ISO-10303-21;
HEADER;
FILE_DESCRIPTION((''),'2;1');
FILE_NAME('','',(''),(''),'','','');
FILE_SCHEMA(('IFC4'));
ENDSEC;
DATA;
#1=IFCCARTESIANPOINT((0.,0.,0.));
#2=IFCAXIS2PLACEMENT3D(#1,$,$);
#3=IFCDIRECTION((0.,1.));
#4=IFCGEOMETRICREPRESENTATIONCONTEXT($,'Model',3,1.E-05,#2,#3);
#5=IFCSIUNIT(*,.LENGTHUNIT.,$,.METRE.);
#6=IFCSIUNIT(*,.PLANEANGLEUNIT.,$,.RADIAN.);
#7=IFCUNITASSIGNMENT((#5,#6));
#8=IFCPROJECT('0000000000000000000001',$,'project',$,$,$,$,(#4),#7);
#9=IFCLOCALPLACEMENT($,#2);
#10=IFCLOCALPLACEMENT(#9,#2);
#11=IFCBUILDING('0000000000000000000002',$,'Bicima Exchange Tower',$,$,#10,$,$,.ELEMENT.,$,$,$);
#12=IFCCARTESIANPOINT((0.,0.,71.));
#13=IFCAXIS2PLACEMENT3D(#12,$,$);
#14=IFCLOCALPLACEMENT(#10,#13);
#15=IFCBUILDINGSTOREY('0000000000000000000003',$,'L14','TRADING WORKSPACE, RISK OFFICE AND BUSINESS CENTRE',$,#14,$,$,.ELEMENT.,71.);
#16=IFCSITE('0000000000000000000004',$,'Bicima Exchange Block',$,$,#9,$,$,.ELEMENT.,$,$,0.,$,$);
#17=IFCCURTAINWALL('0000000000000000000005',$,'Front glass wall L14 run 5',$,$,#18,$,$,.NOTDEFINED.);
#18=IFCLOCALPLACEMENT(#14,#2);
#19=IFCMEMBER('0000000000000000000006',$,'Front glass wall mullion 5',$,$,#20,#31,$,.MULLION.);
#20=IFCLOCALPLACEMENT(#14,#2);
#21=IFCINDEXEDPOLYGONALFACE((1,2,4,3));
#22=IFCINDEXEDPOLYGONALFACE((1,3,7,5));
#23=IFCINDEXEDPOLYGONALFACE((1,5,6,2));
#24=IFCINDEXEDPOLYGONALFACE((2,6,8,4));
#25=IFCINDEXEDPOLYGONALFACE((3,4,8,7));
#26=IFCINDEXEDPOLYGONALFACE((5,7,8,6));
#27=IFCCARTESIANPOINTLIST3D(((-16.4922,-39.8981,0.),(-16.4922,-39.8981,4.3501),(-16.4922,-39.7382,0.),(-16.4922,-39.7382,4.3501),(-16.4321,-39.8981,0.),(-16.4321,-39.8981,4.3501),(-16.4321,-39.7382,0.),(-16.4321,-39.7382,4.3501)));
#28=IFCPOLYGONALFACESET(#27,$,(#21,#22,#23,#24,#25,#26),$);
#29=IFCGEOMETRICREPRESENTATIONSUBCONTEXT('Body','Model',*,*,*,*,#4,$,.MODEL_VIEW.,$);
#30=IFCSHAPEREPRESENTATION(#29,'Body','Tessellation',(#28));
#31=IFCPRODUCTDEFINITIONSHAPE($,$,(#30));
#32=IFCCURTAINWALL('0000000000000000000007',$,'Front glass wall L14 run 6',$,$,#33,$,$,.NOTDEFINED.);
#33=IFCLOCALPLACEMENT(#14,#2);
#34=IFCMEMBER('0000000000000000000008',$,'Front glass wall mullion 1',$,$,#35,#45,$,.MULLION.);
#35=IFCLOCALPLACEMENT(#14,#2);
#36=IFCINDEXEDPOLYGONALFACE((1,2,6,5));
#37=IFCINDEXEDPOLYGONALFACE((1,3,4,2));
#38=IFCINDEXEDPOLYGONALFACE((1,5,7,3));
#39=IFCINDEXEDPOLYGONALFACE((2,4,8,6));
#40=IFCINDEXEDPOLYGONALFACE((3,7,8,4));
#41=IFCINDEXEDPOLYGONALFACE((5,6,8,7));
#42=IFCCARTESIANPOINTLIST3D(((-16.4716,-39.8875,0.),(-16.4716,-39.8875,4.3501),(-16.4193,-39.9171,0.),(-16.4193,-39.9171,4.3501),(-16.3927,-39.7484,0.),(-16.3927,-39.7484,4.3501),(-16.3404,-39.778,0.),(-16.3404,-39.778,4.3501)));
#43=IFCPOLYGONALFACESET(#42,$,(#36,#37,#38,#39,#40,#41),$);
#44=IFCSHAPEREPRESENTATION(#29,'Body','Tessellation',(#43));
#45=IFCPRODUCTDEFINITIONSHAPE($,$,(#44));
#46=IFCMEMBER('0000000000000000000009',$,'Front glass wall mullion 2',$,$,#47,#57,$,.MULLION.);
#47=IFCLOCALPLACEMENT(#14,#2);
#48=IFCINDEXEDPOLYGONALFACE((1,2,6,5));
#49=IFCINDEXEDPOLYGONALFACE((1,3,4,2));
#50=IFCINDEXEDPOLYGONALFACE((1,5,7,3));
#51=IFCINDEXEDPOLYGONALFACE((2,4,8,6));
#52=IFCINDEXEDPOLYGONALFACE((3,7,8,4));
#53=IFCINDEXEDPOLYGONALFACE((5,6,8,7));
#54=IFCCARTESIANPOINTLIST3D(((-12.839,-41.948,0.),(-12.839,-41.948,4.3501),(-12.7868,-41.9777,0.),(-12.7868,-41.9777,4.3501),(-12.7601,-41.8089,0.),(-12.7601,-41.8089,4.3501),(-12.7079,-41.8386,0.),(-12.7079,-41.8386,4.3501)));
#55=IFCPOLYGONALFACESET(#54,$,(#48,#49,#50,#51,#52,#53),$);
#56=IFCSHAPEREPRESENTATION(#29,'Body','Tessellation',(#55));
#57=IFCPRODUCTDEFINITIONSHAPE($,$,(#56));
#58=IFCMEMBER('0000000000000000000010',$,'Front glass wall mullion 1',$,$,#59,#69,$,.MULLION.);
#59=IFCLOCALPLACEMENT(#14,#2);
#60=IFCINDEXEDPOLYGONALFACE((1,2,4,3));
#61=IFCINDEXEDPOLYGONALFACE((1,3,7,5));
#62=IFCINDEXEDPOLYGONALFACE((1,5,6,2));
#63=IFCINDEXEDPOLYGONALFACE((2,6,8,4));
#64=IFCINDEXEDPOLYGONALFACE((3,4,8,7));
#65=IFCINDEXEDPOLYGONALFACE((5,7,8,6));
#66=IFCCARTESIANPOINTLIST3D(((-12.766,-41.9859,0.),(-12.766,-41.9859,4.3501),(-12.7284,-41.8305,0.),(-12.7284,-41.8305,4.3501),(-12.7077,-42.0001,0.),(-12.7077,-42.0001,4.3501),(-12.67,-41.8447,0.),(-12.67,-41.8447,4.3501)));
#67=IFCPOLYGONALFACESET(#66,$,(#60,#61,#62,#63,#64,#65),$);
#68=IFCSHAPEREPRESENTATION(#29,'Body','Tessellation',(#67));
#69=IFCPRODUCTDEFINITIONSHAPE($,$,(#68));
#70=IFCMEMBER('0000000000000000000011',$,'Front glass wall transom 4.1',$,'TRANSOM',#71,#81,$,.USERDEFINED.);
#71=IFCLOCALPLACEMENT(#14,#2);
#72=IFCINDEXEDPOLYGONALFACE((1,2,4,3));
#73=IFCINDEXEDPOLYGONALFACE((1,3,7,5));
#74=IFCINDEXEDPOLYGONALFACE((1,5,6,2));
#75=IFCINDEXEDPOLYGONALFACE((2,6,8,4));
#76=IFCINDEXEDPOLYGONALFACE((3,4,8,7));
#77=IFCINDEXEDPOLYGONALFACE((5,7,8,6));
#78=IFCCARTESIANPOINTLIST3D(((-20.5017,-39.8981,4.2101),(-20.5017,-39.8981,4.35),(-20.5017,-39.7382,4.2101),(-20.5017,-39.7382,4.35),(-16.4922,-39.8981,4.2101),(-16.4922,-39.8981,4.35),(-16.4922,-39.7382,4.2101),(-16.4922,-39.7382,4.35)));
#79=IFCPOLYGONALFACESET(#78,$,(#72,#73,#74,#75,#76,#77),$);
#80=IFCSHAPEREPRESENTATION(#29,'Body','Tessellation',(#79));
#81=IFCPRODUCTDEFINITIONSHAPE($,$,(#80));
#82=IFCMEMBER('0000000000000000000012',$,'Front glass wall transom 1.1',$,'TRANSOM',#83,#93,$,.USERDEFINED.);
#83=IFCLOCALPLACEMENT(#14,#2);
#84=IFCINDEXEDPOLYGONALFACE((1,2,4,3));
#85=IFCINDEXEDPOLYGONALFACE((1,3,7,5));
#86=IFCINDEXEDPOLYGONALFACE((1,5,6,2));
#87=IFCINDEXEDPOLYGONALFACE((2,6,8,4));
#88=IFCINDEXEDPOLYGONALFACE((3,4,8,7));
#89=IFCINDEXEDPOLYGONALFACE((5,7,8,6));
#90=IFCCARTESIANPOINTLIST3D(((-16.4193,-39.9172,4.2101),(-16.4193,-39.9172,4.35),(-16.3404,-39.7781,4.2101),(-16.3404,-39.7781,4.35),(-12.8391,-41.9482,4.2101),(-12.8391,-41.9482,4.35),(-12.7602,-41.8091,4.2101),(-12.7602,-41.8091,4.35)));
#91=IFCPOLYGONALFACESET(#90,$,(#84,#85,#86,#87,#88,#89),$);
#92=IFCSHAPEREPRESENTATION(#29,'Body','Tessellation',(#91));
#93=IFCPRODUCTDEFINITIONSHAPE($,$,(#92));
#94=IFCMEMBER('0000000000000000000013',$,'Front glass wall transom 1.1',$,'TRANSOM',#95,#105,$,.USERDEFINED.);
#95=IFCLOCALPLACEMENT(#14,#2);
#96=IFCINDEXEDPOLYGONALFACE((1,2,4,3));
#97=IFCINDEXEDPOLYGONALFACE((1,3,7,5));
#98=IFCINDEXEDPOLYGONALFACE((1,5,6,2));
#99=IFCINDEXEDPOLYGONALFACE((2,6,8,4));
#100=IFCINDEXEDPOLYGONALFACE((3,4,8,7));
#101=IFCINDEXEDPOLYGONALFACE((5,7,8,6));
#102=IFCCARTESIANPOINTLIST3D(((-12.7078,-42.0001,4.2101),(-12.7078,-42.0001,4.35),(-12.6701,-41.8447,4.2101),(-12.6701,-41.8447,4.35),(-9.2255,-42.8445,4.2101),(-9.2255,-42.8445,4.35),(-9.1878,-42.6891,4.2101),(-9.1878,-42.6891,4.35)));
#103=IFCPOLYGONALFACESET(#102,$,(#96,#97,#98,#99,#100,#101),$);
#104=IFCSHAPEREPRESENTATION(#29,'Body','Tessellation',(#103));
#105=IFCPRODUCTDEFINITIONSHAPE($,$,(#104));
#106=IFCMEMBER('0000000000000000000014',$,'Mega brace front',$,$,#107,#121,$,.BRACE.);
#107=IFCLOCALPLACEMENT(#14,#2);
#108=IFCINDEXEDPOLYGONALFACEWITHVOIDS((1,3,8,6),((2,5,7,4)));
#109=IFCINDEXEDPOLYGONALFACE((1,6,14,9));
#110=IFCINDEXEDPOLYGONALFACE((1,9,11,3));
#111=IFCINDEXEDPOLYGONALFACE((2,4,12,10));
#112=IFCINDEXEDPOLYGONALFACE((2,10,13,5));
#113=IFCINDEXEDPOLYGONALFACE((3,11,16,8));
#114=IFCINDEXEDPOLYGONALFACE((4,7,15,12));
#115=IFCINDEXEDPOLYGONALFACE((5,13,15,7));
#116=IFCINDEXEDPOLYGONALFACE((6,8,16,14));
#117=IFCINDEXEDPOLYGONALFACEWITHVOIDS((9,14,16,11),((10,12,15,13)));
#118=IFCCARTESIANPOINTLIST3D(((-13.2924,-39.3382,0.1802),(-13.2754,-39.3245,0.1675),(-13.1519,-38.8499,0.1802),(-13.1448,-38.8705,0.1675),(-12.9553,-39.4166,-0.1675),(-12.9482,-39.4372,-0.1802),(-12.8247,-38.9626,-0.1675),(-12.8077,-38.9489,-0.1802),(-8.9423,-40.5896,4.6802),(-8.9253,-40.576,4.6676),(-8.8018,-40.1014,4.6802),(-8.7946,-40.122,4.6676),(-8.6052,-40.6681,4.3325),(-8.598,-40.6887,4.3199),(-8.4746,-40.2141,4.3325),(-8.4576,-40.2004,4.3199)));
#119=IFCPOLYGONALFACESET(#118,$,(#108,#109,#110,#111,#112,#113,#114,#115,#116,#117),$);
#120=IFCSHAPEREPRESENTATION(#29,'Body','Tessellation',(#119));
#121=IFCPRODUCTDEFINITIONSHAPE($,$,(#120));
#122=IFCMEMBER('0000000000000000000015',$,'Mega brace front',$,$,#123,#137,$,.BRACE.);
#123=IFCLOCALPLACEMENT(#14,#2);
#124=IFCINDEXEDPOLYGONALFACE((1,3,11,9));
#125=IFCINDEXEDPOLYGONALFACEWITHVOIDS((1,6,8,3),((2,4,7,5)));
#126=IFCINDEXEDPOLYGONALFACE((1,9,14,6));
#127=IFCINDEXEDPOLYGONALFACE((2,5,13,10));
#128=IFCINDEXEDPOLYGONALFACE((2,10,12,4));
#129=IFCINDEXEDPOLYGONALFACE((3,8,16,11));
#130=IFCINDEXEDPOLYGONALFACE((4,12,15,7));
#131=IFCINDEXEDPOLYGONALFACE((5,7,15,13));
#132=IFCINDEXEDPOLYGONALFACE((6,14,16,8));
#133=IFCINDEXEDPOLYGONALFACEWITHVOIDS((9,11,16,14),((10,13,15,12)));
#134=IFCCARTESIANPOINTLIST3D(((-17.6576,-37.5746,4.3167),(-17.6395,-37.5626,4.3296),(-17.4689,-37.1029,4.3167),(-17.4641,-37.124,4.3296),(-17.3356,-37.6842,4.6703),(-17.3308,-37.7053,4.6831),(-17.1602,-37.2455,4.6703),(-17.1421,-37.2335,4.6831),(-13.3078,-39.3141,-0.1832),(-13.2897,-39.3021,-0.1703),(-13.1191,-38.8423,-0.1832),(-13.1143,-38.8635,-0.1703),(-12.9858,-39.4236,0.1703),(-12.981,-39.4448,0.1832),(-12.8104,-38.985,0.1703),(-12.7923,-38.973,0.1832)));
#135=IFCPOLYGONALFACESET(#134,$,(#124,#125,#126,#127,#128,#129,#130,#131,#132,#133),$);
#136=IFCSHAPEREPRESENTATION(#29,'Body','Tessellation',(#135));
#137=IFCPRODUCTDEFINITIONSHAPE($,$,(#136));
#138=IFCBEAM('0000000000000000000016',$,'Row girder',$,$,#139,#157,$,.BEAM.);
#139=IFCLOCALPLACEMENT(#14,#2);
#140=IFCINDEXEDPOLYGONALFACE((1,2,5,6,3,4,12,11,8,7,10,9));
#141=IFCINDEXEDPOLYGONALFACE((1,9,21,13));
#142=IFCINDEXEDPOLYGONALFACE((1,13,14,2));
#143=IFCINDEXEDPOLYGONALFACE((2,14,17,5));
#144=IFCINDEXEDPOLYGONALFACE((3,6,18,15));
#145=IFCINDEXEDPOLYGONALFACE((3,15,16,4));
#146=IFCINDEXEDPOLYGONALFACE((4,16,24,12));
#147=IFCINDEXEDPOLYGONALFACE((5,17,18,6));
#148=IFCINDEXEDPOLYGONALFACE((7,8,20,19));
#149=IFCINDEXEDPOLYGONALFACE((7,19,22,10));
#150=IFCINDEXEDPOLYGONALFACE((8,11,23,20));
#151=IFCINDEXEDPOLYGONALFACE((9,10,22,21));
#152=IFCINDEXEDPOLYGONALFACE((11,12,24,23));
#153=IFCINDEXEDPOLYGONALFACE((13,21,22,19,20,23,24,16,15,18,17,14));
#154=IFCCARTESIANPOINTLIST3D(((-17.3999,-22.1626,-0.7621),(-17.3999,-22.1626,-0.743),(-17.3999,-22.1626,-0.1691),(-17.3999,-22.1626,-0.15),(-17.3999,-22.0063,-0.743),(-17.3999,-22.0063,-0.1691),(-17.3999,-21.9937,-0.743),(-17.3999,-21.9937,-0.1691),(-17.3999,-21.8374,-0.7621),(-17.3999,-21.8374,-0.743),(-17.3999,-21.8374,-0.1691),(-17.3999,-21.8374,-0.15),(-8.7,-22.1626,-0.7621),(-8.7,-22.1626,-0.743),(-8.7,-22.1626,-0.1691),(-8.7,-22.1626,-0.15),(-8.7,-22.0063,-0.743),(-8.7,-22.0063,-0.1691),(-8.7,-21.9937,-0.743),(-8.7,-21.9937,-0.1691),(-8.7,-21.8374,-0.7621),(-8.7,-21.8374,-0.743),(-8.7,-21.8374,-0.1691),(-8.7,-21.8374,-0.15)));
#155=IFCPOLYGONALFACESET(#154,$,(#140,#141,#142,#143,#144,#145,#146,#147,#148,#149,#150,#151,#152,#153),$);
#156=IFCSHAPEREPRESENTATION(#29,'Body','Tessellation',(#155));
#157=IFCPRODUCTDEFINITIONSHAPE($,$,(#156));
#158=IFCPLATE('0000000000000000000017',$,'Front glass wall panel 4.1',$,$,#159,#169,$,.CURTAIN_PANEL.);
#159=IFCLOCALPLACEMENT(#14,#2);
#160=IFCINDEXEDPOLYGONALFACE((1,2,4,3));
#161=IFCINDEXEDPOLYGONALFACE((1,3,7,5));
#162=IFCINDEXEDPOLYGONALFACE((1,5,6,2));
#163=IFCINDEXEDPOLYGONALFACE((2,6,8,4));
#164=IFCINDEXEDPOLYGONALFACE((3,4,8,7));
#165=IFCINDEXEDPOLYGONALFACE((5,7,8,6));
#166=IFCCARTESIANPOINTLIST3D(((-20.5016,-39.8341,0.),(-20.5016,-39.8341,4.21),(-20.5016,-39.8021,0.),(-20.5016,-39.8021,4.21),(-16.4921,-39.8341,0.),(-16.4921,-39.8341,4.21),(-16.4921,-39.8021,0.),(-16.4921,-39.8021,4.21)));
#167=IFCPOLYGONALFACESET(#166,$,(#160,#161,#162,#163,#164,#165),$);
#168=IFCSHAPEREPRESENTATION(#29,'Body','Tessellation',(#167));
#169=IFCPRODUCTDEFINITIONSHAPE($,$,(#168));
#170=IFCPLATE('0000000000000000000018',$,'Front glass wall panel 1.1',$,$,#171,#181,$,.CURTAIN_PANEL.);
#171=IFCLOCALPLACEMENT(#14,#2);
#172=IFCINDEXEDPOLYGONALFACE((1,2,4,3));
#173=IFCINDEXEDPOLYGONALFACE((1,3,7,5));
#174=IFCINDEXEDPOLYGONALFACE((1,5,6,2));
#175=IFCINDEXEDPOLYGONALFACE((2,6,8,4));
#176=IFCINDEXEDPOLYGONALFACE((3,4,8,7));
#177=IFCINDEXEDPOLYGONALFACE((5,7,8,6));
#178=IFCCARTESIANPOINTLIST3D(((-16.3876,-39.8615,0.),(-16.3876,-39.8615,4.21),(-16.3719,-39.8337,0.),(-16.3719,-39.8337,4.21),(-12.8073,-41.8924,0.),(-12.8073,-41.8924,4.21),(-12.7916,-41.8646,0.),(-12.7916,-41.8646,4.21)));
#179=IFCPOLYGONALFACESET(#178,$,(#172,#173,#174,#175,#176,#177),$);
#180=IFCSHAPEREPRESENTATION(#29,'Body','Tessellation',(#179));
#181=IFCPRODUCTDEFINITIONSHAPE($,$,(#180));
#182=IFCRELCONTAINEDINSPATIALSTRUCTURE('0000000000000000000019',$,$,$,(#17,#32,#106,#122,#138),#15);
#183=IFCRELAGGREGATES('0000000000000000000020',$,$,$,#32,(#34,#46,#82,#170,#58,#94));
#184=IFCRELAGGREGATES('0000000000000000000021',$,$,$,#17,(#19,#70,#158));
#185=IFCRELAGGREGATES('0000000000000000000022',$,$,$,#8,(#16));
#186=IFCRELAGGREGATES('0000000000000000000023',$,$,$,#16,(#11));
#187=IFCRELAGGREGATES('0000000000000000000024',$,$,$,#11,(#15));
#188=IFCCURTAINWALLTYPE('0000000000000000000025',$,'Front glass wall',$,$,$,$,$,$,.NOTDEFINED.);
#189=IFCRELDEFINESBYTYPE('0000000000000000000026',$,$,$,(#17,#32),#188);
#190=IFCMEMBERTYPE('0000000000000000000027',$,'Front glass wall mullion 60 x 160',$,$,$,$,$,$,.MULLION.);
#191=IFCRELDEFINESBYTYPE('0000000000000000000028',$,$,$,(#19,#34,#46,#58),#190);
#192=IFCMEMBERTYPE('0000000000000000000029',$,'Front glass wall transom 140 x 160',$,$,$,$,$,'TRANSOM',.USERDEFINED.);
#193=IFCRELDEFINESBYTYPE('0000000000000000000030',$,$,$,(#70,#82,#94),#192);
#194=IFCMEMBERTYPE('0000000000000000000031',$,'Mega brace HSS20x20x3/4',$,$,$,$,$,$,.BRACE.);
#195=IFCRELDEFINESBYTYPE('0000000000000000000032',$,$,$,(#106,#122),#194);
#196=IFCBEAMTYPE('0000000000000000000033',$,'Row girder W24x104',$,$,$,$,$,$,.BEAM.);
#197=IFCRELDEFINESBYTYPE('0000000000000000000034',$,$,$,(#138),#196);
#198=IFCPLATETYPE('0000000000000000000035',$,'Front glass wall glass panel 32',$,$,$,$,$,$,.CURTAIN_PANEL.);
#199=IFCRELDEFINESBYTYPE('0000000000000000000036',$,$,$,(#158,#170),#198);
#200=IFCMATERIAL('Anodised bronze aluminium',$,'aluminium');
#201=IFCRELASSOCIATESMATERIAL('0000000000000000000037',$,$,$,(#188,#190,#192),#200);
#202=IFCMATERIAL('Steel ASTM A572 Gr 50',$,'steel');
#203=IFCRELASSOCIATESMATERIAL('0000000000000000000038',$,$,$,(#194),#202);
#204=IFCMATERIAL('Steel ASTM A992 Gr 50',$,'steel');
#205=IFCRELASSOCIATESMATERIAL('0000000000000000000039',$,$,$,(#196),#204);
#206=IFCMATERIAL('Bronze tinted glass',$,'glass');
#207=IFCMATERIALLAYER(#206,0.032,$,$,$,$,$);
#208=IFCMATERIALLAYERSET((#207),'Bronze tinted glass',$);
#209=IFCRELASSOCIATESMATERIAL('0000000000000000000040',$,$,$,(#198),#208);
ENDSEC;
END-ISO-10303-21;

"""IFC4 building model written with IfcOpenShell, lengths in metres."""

from ifc_helpers import new_model, si_unit, direction, frame, origin, origin_2d, place, context, subcontext, project, spatial, rectangle, hollow_rectangle, i_section, extrude, material, layer, layer_set, material_profile, profile_set, type_object, element, aggregate, save


model = new_model("IFC4")

# Units and contexts
model_context = context("Model", 3, precision=1e-05, world=origin(), true_north=direction((0.0, 1.0)))
body_context = subcontext(model_context, "Body", "Model", "MODEL_VIEW")
ifc_project = project(units=[si_unit("LENGTHUNIT", "METRE"), si_unit("PLANEANGLEUNIT", "RADIAN")], contexts=[model_context])

# Site, building, storey
site_placement = place(None, origin())
site = spatial("IfcSite", under=ifc_project, at=site_placement, Name="Bicima Exchange Block", CompositionType="ELEMENT", RefElevation=0.0)
building_placement = place(site_placement, origin())
building = spatial("IfcBuilding", under=site, at=building_placement, Name="Bicima Exchange Tower", CompositionType="ELEMENT")
storey_placement = place(building_placement, frame((0.0, 0.0, 71.0)))
storey = spatial("IfcBuildingStorey", under=building, at=storey_placement, Name="L14", Description="TRADING WORKSPACE, RISK OFFICE AND BUSINESS CENTRE", CompositionType="ELEMENT", Elevation=71.0)

# Shared definitions
ifc_material_1 = material(Name="Steel ASTM A992 Gr 50", Category="steel")

# Shared definitions
ifc_material_2 = material(Name="Steel ASTM A572 Gr 50", Category="steel")

# Curtain walls, members
ifc_material_3 = material(Name="Anodised bronze aluminium", Category="aluminium")
curtain_wall_type = type_object("IfcCurtainWallType", Name="Front glass wall", PredefinedType="NOTDEFINED", material=ifc_material_3)
curtain_wall_1_placement = place(storey_placement, origin())
curtain_wall_1 = element("IfcCurtainWall", 1, at=curtain_wall_1_placement, inside=storey, type_object=curtain_wall_type, Name="Front glass wall L14 run 5", PredefinedType="NOTDEFINED")
ifc_material_profile_1 = material_profile(ifc_material_3, rectangle(XDim=0.1599, YDim=0.0601, at=origin_2d()))
ifc_profile_set_1 = profile_set([ifc_material_profile_1], Name="Anodised bronze aluminium")
member_type_1 = type_object("IfcMemberType", Name="Front glass wall mullion 60 x 160", PredefinedType="MULLION", material=ifc_profile_set_1)
member_1_placement = place(storey_placement, frame((-16.4622, -39.8181, 0.0), z_axis=(0.0, 0.0, 1.0), x_axis=(0.0, 1.0, 0.0)))
member_1 = element("IfcMember", 2, at=member_1_placement, type_object=member_type_1, Name="Front glass wall mullion 5", PredefinedType="MULLION", context=body_context, shape_type="SweptSolid", body=[
    extrude(rectangle(XDim=0.1599, YDim=0.0601, at=origin_2d()), origin(), (0.0, 0.0, 1.0), 4.3501),
])
curtain_wall_2_placement = place(storey_placement, origin())
curtain_wall_2 = element("IfcCurtainWall", 3, at=curtain_wall_2_placement, inside=storey, type_object=curtain_wall_type, Name="Front glass wall L14 run 6", PredefinedType="NOTDEFINED")
member_2_placement = place(storey_placement, frame((-16.406, -39.8328, 0.0), z_axis=(0.0, 0.0, 1.0), x_axis=(0.493395, 0.869805, 0.0)))
member_2 = element("IfcMember", 4, at=member_2_placement, type_object=member_type_1, Name="Front glass wall mullion 1", PredefinedType="MULLION", context=body_context, shape_type="SweptSolid", body=[
    extrude(rectangle(XDim=0.1599, YDim=0.0601, at=origin_2d()), origin(), (0.0, 0.0, 1.0), 4.3501),
])
member_3_placement = place(storey_placement, frame((-12.7734, -41.8933, 0.0), z_axis=(0.0, 0.0, 1.0), x_axis=(0.493395, 0.869805, 0.0)))
member_3 = element("IfcMember", 5, at=member_3_placement, type_object=member_type_1, Name="Front glass wall mullion 2", PredefinedType="MULLION", context=body_context, shape_type="SweptSolid", body=[
    extrude(rectangle(XDim=0.1599, YDim=0.0601, at=origin_2d()), origin(), (0.0, 0.0, 1.0), 4.3501),
])
member_4_placement = place(storey_placement, frame((-12.718, -41.9153, 0.0), z_axis=(0.0, 0.0, 1.0), x_axis=(0.235682, 0.97183, 0.0)))
member_4 = element("IfcMember", 6, at=member_4_placement, type_object=member_type_1, Name="Front glass wall mullion 1", PredefinedType="MULLION", context=body_context, shape_type="SweptSolid", body=[
    extrude(rectangle(XDim=0.1599, YDim=0.0601, at=origin_2d()), origin(), (0.0, 0.0, 1.0), 4.3501),
])

# Members
ifc_material_profile_2 = material_profile(ifc_material_3, rectangle(XDim=0.1599, YDim=0.1399, at=origin_2d()))
ifc_profile_set_2 = profile_set([ifc_material_profile_2], Name="Anodised bronze aluminium")
member_type_2 = type_object("IfcMemberType", Name="Front glass wall transom 140 x 160", ElementType="TRANSOM", PredefinedType="USERDEFINED", material=ifc_profile_set_2)
member_5_placement = place(storey_placement, frame((-20.5017, -39.8181, 4.28), z_axis=(1.0, 0.0, 0.0), x_axis=(0.0, 1.0, 0.0)))
member_5 = element("IfcMember", 7, at=member_5_placement, type_object=member_type_2, Name="Front glass wall transom 4.1", ObjectType="TRANSOM", PredefinedType="USERDEFINED", context=body_context, shape_type="SweptSolid", body=[
    extrude(rectangle(XDim=0.1599, YDim=0.1399, at=origin_2d()), origin(), (0.0, 0.0, 1.0), 4.0095),
])
member_6_placement = place(storey_placement, frame((-16.3799, -39.8477, 4.28), z_axis=(0.869797, -0.493409, 0.0), x_axis=(0.493409, 0.869797, 0.0)))
member_6 = element("IfcMember", 8, at=member_6_placement, type_object=member_type_2, Name="Front glass wall transom 1.1", ObjectType="TRANSOM", PredefinedType="USERDEFINED", context=body_context, shape_type="SweptSolid", body=[
    extrude(rectangle(XDim=0.1599, YDim=0.1399, at=origin_2d()), origin(), (0.0, 0.0, 1.0), 4.1162),
])
member_7_placement = place(storey_placement, frame((-12.689, -41.9224, 4.28), z_axis=(0.971834, -0.235668, 0.0), x_axis=(0.235668, 0.971834, 0.0)))
member_7 = element("IfcMember", 9, at=member_7_placement, type_object=member_type_2, Name="Front glass wall transom 1.1", ObjectType="TRANSOM", PredefinedType="USERDEFINED", context=body_context, shape_type="SweptSolid", body=[
    extrude(rectangle(XDim=0.1599, YDim=0.1399, at=origin_2d()), origin(), (0.0, 0.0, 1.0), 3.5833),
])

# Members
ifc_material_profile_3 = material_profile(ifc_material_2, hollow_rectangle(XDim=0.5081, YDim=0.5081, WallThickness=0.0178, at=origin_2d()))
ifc_profile_set_3 = profile_set([ifc_material_profile_3], Name="Steel ASTM A572 Gr 50")
member_type_3 = type_object("IfcMemberType", Name="Mega brace HSS20x20x3/4", PredefinedType="BRACE", material=ifc_profile_set_3)
member_8_placement = place(storey_placement, frame((-13.05, -39.1436, 0.0), z_axis=(0.68154, -0.19607, 0.705025), x_axis=(0.276473, 0.961022, 0.0)))
element("IfcMember", 10, at=member_8_placement, inside=storey, type_object=member_type_3, Name="Mega brace front", PredefinedType="BRACE", context=body_context, shape_type="SweptSolid", body=[
    extrude(hollow_rectangle(XDim=0.5081, YDim=0.5081, WallThickness=0.0178, at=origin_2d()), origin(), (0.0, 0.0, 1.0), 6.3828),
])
member_9_placement = place(storey_placement, frame((-13.05, -39.1436, 0.0), z_axis=(-0.669628, 0.267783, 0.692742), x_axis=(-0.37131, -0.928509, 0.0)))
element("IfcMember", 11, at=member_9_placement, inside=storey, type_object=member_type_3, Name="Mega brace front", PredefinedType="BRACE", context=body_context, shape_type="SweptSolid", body=[
    extrude(hollow_rectangle(XDim=0.5081, YDim=0.5081, WallThickness=0.0178, at=origin_2d()), origin(), (0.0, 0.0, 1.0), 6.4958),
])

# Beam
ifc_material_profile_4 = material_profile(ifc_material_1, i_section(OverallWidth=0.3252, OverallDepth=0.6121, WebThickness=0.0127, FlangeThickness=0.019, at=origin_2d()))
ifc_profile_set_4 = profile_set([ifc_material_profile_4], Name="Steel ASTM A992 Gr 50")
beam_type_1 = type_object("IfcBeamType", Name="Row girder W24x104", PredefinedType="BEAM", material=ifc_profile_set_4)
beam_1_placement = place(storey_placement, frame((-17.3999, -22.0, -0.4561), z_axis=(1.0, 0.0, 0.0), x_axis=(0.0, 1.0, 0.0)))
element("IfcBeam", 12, at=beam_1_placement, inside=storey, type_object=beam_type_1, Name="Row girder", PredefinedType="BEAM", context=body_context, shape_type="SweptSolid", body=[
    extrude(i_section(OverallWidth=0.3252, OverallDepth=0.6121, WebThickness=0.0127, FlangeThickness=0.019, at=origin_2d()), origin(), (0.0, 0.0, 1.0), 8.7),
])

# Plates
ifc_material_4 = material(Name="Bronze tinted glass", Category="glass")
ifc_layer_1 = layer(ifc_material_4, 0.032)
ifc_layer_set_1 = layer_set([ifc_layer_1], Name="Bronze tinted glass")
plate_type_1 = type_object("IfcPlateType", Name="Front glass wall glass panel 32", PredefinedType="CURTAIN_PANEL", material=ifc_layer_set_1)
plate_1_placement = place(storey_placement, frame((-18.4968, -39.8181, 0.0), z_axis=(0.0, 0.0, 1.0), x_axis=(1.0, 0.0, 0.0)))
plate_1 = element("IfcPlate", 13, at=plate_1_placement, type_object=plate_type_1, Name="Front glass wall panel 4.1", PredefinedType="CURTAIN_PANEL", context=body_context, shape_type="SweptSolid", body=[
    extrude(rectangle(XDim=4.0095, YDim=0.032, at=origin_2d()), origin(), (0.0, 0.0, 1.0), 4.21),
])
plate_2_placement = place(storey_placement, frame((-14.5896, -40.863, 0.0), z_axis=(0.0, 0.0, 1.0), x_axis=(0.869805, -0.493395, 0.0)))
plate_2 = element("IfcPlate", 14, at=plate_2_placement, type_object=plate_type_1, Name="Front glass wall panel 1.1", PredefinedType="CURTAIN_PANEL", context=body_context, shape_type="SweptSolid", body=[
    extrude(rectangle(XDim=4.1162, YDim=0.032, at=origin_2d()), origin(), (0.0, 0.0, 1.0), 4.21),
])
aggregate(curtain_wall_2, [member_2, member_3, member_6, plate_2, member_4, member_7])
aggregate(curtain_wall_1, [member_1, member_5, plate_1])

save(model, "model.ifc")
